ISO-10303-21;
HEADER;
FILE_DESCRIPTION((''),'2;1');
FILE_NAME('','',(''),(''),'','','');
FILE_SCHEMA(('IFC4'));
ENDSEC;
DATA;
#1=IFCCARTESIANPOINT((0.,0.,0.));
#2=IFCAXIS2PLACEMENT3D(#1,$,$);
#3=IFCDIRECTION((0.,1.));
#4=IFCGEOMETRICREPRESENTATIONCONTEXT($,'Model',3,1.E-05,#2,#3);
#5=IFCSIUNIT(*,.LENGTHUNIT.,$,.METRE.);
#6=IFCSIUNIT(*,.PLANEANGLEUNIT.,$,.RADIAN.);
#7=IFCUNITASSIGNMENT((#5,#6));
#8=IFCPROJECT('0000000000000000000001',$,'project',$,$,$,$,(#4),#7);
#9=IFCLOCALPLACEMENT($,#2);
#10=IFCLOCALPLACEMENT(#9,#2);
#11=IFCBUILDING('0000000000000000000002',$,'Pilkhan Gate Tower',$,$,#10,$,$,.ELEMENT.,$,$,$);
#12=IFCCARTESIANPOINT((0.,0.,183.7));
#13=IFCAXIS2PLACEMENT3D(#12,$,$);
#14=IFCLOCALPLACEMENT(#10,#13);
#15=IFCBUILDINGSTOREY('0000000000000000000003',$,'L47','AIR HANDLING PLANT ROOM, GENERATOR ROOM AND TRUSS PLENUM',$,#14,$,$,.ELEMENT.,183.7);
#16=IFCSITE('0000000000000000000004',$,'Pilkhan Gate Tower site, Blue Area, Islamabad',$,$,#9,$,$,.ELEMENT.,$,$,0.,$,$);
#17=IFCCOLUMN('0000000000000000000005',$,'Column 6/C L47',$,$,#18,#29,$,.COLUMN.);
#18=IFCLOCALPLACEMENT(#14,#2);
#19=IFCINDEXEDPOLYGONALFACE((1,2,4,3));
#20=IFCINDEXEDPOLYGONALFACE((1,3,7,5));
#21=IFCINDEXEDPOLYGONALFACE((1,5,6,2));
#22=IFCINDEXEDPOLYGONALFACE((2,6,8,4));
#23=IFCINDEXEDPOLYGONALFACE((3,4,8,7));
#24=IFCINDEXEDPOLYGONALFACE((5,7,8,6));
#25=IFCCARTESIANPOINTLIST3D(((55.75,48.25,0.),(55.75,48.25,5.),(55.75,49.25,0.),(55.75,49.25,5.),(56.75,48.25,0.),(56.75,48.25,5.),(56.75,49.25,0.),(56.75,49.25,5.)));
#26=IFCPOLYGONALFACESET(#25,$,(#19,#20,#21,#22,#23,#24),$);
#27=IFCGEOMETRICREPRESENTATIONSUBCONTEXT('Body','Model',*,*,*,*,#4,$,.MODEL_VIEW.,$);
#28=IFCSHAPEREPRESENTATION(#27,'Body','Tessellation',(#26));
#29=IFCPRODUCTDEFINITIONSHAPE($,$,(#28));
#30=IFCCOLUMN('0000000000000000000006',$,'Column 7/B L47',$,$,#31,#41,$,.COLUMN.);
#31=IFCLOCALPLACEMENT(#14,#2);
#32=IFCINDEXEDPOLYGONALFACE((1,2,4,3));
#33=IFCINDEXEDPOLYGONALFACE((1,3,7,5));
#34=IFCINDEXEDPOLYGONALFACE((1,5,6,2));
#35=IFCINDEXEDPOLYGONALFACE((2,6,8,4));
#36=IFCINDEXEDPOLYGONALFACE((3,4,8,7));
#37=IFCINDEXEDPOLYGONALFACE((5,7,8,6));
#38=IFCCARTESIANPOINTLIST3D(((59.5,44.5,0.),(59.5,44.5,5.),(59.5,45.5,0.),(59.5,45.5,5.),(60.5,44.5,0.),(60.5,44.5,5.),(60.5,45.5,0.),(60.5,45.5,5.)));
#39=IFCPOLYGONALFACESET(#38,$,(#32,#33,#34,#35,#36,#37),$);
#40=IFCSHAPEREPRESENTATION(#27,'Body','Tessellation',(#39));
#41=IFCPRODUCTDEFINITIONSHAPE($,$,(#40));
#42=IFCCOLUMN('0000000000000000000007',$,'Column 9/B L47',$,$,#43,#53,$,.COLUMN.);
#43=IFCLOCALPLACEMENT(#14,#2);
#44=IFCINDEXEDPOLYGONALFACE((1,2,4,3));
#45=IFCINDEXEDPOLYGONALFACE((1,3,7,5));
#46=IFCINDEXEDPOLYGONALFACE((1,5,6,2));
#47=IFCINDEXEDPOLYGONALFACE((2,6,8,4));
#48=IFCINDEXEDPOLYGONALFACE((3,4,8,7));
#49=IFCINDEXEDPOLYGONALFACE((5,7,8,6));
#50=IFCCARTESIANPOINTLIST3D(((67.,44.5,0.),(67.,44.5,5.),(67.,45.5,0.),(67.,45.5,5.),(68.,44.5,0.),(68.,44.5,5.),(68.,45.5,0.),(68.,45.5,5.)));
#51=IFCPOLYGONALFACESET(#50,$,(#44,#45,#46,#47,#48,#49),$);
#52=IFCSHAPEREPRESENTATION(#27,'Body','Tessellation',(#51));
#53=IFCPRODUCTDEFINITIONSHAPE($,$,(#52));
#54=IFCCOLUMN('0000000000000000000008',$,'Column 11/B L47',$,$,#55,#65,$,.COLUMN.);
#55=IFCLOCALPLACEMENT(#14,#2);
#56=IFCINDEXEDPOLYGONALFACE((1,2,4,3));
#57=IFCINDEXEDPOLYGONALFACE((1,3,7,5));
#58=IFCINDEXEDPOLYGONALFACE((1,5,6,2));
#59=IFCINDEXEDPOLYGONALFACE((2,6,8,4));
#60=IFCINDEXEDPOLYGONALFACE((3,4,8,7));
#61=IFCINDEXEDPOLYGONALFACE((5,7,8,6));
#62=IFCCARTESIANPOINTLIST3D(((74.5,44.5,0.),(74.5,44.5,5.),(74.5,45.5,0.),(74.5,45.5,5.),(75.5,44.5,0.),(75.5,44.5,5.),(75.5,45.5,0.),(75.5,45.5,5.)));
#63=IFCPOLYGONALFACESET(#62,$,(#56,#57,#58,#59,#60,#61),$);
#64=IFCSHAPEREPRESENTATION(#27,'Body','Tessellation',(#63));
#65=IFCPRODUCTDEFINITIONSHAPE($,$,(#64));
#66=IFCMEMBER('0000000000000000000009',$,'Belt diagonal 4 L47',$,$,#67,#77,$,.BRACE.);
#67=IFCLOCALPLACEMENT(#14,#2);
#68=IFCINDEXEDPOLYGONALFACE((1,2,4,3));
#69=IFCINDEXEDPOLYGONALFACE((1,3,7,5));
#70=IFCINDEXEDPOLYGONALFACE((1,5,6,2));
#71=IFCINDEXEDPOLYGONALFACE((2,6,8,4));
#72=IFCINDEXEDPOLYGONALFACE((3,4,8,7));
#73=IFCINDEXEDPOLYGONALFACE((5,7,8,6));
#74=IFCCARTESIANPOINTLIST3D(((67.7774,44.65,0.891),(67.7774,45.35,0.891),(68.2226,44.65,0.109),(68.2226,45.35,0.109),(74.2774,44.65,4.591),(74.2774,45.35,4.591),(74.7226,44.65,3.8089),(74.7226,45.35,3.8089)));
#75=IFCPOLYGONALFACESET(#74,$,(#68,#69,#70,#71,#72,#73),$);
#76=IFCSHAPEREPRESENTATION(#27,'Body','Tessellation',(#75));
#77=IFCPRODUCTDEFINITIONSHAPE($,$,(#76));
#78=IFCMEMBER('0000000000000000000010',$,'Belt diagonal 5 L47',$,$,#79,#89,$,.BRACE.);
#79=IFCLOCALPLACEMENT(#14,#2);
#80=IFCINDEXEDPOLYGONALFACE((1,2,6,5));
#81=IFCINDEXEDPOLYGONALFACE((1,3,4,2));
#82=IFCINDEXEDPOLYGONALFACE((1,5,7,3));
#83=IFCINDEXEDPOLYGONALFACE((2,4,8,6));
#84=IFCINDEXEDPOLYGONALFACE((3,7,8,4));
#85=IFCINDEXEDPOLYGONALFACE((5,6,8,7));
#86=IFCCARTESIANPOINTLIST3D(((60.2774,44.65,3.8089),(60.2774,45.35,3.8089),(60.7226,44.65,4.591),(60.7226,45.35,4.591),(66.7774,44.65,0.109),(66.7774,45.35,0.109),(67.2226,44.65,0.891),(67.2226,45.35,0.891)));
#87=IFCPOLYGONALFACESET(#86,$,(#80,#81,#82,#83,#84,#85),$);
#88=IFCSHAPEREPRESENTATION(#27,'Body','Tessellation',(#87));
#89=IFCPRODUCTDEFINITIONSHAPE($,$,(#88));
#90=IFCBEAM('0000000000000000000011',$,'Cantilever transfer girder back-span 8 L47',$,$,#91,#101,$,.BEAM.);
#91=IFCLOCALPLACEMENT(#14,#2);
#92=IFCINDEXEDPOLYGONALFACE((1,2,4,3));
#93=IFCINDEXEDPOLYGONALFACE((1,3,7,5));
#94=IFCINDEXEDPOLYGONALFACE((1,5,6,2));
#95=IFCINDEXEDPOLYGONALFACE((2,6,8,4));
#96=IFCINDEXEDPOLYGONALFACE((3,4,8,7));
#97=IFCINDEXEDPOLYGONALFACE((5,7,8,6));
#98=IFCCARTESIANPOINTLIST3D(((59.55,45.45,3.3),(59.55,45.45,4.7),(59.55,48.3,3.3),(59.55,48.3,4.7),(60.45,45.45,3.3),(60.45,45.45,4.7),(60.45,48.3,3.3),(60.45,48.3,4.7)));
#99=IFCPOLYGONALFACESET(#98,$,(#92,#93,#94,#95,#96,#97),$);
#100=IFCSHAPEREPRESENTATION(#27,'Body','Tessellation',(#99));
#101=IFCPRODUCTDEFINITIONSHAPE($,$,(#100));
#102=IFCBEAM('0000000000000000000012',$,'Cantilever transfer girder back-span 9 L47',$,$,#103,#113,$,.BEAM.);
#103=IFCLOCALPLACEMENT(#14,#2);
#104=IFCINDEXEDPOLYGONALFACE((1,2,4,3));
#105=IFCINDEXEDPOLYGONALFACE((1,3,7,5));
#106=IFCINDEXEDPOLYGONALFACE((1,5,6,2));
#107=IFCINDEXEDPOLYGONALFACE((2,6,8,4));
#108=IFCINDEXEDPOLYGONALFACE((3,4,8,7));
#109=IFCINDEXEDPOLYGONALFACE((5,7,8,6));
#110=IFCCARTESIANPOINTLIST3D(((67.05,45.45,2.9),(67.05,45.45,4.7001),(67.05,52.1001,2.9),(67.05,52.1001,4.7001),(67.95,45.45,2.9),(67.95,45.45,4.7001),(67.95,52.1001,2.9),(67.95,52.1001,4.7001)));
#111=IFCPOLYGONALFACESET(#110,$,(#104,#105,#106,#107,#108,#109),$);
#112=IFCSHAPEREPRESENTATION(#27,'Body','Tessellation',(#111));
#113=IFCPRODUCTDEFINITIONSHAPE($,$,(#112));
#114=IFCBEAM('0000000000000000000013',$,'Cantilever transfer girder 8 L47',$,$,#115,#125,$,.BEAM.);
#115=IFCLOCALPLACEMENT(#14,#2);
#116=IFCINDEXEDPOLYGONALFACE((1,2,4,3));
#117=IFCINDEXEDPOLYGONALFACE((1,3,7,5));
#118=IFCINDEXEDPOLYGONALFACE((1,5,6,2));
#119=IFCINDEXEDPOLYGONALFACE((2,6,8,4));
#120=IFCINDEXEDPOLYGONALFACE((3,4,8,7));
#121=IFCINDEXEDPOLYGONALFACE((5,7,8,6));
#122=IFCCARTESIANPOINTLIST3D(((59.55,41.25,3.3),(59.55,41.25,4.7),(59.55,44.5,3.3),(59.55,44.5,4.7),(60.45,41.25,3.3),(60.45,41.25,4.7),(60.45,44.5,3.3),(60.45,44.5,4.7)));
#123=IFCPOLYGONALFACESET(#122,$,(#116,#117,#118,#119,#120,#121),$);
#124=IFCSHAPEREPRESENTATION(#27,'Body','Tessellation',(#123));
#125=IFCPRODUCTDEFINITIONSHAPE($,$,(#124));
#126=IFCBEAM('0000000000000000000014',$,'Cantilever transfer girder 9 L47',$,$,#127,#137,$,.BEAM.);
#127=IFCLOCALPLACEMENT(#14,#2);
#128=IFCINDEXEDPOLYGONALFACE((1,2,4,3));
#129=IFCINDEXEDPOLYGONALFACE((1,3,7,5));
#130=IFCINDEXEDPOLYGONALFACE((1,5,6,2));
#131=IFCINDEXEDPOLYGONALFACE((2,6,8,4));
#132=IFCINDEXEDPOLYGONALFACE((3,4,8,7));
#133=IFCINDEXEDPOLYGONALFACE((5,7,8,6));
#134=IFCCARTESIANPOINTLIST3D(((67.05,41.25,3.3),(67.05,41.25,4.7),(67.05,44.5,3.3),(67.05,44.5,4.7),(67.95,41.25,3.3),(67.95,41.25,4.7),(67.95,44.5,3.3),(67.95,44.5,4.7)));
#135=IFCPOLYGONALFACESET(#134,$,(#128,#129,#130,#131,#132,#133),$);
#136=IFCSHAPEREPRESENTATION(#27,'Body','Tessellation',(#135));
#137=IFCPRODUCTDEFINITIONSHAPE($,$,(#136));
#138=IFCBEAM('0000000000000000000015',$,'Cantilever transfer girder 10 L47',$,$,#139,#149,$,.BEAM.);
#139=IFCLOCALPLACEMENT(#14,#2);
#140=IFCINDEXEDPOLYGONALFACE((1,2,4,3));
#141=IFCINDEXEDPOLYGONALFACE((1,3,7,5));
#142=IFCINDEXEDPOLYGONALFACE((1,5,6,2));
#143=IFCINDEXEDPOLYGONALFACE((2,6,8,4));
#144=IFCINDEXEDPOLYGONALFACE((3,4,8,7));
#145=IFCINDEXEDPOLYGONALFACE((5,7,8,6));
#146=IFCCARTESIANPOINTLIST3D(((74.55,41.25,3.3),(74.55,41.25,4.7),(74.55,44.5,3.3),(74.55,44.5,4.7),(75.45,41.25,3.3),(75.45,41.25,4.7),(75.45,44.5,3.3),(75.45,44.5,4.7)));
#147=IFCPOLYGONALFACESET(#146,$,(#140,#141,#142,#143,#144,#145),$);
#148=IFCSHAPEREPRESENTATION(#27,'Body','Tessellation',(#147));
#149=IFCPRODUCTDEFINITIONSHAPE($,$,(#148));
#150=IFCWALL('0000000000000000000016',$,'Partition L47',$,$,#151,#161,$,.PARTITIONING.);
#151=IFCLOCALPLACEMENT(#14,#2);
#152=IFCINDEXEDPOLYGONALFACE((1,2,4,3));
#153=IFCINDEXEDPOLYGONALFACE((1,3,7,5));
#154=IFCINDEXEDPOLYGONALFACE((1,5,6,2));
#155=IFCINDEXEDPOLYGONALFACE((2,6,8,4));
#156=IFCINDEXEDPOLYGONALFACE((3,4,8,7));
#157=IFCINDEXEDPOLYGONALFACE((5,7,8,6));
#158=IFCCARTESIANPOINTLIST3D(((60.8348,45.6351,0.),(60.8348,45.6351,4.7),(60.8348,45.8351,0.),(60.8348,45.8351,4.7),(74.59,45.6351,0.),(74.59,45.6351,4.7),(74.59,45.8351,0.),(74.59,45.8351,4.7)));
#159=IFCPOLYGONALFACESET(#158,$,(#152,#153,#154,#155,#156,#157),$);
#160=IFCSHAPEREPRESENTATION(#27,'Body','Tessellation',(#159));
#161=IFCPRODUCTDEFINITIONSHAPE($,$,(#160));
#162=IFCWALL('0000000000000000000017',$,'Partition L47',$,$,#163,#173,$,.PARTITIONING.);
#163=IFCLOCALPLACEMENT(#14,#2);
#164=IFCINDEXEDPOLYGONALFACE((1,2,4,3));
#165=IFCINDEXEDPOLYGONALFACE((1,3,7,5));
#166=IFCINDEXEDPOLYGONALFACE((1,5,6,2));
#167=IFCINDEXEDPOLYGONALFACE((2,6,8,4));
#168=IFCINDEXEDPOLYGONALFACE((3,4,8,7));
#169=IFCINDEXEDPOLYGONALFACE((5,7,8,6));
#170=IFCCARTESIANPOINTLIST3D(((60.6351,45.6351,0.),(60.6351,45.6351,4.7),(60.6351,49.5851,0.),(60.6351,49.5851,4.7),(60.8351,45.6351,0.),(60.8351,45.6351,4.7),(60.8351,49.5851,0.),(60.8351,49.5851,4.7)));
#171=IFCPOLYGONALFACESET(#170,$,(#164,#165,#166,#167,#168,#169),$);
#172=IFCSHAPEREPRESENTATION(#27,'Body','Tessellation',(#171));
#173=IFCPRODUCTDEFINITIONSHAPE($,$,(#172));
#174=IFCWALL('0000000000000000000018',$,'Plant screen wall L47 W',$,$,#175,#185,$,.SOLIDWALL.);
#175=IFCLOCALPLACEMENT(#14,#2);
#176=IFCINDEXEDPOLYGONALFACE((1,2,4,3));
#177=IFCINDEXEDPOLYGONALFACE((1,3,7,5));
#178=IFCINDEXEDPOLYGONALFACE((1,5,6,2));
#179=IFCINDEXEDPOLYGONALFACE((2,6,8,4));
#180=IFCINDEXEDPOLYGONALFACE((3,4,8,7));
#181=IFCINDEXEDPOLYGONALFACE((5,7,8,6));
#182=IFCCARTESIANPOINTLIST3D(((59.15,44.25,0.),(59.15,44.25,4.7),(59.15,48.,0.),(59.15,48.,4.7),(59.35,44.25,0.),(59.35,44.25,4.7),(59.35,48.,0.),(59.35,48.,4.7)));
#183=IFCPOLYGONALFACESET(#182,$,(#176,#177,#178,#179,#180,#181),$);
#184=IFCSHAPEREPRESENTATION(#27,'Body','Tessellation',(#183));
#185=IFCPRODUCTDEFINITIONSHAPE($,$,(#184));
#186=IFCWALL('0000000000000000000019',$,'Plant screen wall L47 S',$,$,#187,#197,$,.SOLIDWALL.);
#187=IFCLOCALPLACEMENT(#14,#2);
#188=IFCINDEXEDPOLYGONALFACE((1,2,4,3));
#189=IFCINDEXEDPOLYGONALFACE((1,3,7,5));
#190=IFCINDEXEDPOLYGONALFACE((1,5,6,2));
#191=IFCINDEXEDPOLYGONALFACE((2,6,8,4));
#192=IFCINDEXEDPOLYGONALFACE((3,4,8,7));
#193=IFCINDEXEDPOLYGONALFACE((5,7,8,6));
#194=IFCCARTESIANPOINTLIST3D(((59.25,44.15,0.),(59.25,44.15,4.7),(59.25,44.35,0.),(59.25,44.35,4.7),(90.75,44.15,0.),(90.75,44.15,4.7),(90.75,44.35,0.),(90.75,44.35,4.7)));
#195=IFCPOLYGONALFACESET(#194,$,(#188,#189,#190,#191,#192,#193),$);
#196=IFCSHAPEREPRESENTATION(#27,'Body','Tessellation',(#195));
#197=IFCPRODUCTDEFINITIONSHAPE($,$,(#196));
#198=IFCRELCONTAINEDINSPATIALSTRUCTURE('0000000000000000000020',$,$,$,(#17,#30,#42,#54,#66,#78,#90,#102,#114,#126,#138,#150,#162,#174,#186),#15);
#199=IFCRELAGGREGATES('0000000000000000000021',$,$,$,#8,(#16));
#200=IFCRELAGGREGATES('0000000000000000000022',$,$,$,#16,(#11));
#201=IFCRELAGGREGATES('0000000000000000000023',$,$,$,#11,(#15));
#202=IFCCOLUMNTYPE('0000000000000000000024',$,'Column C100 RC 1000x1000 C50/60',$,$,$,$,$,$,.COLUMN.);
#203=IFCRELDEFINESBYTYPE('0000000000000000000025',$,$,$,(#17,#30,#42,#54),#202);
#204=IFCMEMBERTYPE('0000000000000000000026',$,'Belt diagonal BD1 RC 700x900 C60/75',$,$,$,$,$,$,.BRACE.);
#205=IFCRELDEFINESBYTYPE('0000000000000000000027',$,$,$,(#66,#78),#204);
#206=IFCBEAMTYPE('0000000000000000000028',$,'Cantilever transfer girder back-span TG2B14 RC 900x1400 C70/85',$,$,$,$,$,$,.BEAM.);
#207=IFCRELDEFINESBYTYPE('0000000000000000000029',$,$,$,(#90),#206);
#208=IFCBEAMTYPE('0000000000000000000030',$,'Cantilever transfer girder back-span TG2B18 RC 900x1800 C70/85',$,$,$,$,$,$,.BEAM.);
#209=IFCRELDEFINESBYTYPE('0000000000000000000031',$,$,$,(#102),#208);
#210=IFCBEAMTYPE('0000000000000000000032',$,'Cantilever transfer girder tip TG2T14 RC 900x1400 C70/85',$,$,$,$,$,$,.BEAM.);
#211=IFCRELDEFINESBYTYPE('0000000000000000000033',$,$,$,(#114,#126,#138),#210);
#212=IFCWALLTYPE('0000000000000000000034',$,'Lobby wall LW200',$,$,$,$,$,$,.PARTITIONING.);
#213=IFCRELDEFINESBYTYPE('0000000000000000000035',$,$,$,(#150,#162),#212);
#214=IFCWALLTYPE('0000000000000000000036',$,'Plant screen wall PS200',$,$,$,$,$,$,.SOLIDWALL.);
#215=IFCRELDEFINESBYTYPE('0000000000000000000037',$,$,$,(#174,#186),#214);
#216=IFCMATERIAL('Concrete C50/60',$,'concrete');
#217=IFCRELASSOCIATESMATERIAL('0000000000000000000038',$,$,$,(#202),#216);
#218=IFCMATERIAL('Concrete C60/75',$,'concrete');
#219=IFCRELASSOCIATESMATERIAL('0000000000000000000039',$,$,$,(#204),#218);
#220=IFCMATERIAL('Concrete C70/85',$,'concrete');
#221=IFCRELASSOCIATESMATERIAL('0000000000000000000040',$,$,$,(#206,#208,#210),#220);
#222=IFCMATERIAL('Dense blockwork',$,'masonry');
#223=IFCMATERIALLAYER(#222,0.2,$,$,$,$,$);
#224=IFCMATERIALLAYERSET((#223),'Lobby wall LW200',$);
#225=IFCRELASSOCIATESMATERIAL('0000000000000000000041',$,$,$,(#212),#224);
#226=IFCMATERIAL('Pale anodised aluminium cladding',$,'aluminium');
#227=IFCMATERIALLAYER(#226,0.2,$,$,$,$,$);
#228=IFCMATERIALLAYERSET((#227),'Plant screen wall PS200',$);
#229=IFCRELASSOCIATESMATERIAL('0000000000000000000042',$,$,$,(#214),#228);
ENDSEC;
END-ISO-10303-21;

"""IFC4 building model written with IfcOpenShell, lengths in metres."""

from ifc_helpers import new_model, si_unit, direction, frame, frame_2d, origin, origin_2d, place, context, subcontext, project, spatial, rectangle, extrude, material, layer, layer_set, material_profile, profile_set, type_object, element, save


model = new_model("IFC4")

# Units and contexts
model_context = context("Model", 3, precision=1e-05, world=origin(), true_north=direction((0.0, 1.0)))
body_context = subcontext(model_context, "Body", "Model", "MODEL_VIEW")
ifc_project = project(units=[si_unit("LENGTHUNIT", "METRE"), si_unit("PLANEANGLEUNIT", "RADIAN")], contexts=[model_context])

# Site, building, storey
site_placement = place(None, origin())
site = spatial("IfcSite", under=ifc_project, at=site_placement, Name="Pilkhan Gate Tower site, Blue Area, Islamabad", CompositionType="ELEMENT", RefElevation=0.0)
building_placement = place(site_placement, origin())
building = spatial("IfcBuilding", under=site, at=building_placement, Name="Pilkhan Gate Tower", CompositionType="ELEMENT")
storey_placement = place(building_placement, frame((0.0, 0.0, 183.7)))
storey = spatial("IfcBuildingStorey", under=building, at=storey_placement, Name="L47", Description="AIR HANDLING PLANT ROOM, GENERATOR ROOM AND TRUSS PLENUM", CompositionType="ELEMENT", Elevation=183.7)

# Columns
ifc_material_1 = material(Name="Concrete C50/60", Category="concrete")
ifc_material_profile_1 = material_profile(ifc_material_1, rectangle(XDim=1.0, YDim=1.0, at=origin_2d()), Name="RC 1000x1000")
ifc_profile_set_1 = profile_set([ifc_material_profile_1], Name="Concrete C50/60")
column_type = type_object("IfcColumnType", Name="Column C100 RC 1000x1000 C50/60", PredefinedType="COLUMN", material=ifc_profile_set_1)
for number, where, z_axis, x_axis, name in (
    (1, (56.25, 48.75, 0.0), (0.0, 0.0, 1.0), (1.0, 0.0, 0.0), "Column 6/C L47"),
    (2, (60.0, 45.0, 0.0), (0.0, 0.0, 1.0), (1.0, 0.0, 0.0), "Column 7/B L47"),
    (3, (67.5, 45.0, 0.0), (0.0, 0.0, 1.0), (1.0, 0.0, 0.0), "Column 9/B L47"),
    (4, (75.0, 45.0, 0.0), (0.0, 0.0, 1.0), (1.0, 0.0, 0.0), "Column 11/B L47"),
):
    element("IfcColumn", number, at=place(storey_placement, frame(where, z_axis=z_axis, x_axis=x_axis)), inside=storey, type_object=column_type, Name=name, PredefinedType="COLUMN", context=body_context, shape_type="SweptSolid", body=[
        extrude(rectangle(XDim=1.0, YDim=1.0, at=origin_2d()), origin(), (0.0, 0.0, 1.0), 5.0),
    ])

# Members
ifc_material_2 = material(Name="Concrete C60/75", Category="concrete")
ifc_material_profile_2 = material_profile(ifc_material_2, rectangle(XDim=0.7, YDim=0.8999, at=origin_2d()), Name="RC 700x900")
ifc_profile_set_2 = profile_set([ifc_material_profile_2], Name="Concrete C60/75")
member_type = type_object("IfcMemberType", Name="Belt diagonal BD1 RC 700x900 C60/75", PredefinedType="BRACE", material=ifc_profile_set_2)
for number, where, z_axis, x_axis, name in (
    (5, (68.0, 45.0, 0.5), (0.869068, 0.0, 0.494693), (0.0, 1.0, 0.0), "Belt diagonal 4 L47"),
    (6, (67.0, 45.0, 0.5), (-0.869068, 0.0, 0.494693), (0.0, -1.0, 0.0), "Belt diagonal 5 L47"),
):
    element("IfcMember", number, at=place(storey_placement, frame(where, z_axis=z_axis, x_axis=x_axis)), inside=storey, type_object=member_type, Name=name, PredefinedType="BRACE", context=body_context, shape_type="SweptSolid", body=[
        extrude(rectangle(XDim=0.7, YDim=0.8999, at=origin_2d()), origin(), (0.0, 0.0, 1.0), 7.4792),
    ])

# Beams
ifc_material_3 = material(Name="Concrete C70/85", Category="concrete")
ifc_material_profile_3 = material_profile(ifc_material_3, rectangle(XDim=0.8999, YDim=1.3999, at=origin_2d()), Name="RC 900x1400")
ifc_profile_set_3 = profile_set([ifc_material_profile_3], Name="Concrete C70/85")
beam_type_1 = type_object("IfcBeamType", Name="Cantilever transfer girder back-span TG2B14 RC 900x1400 C70/85", PredefinedType="BEAM", material=ifc_profile_set_3)
beam_1_placement = place(storey_placement, frame((60.0, 45.45, 4.0), z_axis=(0.0, 1.0, 0.0), x_axis=(-1.0, 0.0, 0.0)))
element("IfcBeam", 7, at=beam_1_placement, inside=storey, type_object=beam_type_1, Name="Cantilever transfer girder back-span 8 L47", PredefinedType="BEAM", context=body_context, shape_type="SweptSolid", body=[
    extrude(rectangle(XDim=0.8999, YDim=1.3999, at=origin_2d()), origin(), (0.0, 0.0, 1.0), 2.8501),
])
ifc_material_profile_4 = material_profile(ifc_material_3, rectangle(XDim=0.8999, YDim=1.8, at=origin_2d()), Name="RC 900x1800")
ifc_profile_set_4 = profile_set([ifc_material_profile_4], Name="Concrete C70/85")
beam_type_2 = type_object("IfcBeamType", Name="Cantilever transfer girder back-span TG2B18 RC 900x1800 C70/85", PredefinedType="BEAM", material=ifc_profile_set_4)
beam_2_placement = place(storey_placement, frame((67.5, 45.45, 3.8), z_axis=(0.0, 1.0, 0.0), x_axis=(-1.0, 0.0, 0.0)))
element("IfcBeam", 8, at=beam_2_placement, inside=storey, type_object=beam_type_2, Name="Cantilever transfer girder back-span 9 L47", PredefinedType="BEAM", context=body_context, shape_type="SweptSolid", body=[
    extrude(rectangle(XDim=0.8999, YDim=1.8, at=origin_2d()), origin(), (0.0, 0.0, 1.0), 6.6501),
])
ifc_material_profile_5 = material_profile(ifc_material_3, rectangle(XDim=0.8999, YDim=1.3999, at=origin_2d()), Name="RC 900x1400")
ifc_profile_set_5 = profile_set([ifc_material_profile_5], Name="Concrete C70/85")
beam_type_3 = type_object("IfcBeamType", Name="Cantilever transfer girder tip TG2T14 RC 900x1400 C70/85", PredefinedType="BEAM", material=ifc_profile_set_5)
for number, where, z_axis, x_axis, name in (
    (9, (60.0, 41.25, 4.0), (0.0, 1.0, 0.0), (-1.0, 0.0, 0.0), "Cantilever transfer girder 8 L47"),
    (10, (67.5, 41.25, 4.0), (0.0, 1.0, 0.0), (-1.0, 0.0, 0.0), "Cantilever transfer girder 9 L47"),
    (11, (75.0, 41.25, 4.0), (0.0, 1.0, 0.0), (-1.0, 0.0, 0.0), "Cantilever transfer girder 10 L47"),
):
    element("IfcBeam", number, at=place(storey_placement, frame(where, z_axis=z_axis, x_axis=x_axis)), inside=storey, type_object=beam_type_3, Name=name, PredefinedType="BEAM", context=body_context, shape_type="SweptSolid", body=[
        extrude(rectangle(XDim=0.8999, YDim=1.3999, at=origin_2d()), origin(), (0.0, 0.0, 1.0), 3.25),
    ])

# Walls
ifc_material_4 = material(Name="Dense blockwork", Category="masonry")
ifc_layer_1 = layer(ifc_material_4, 0.2)
ifc_layer_set_1 = layer_set([ifc_layer_1], Name="Lobby wall LW200")
wall_type_1 = type_object("IfcWallType", Name="Lobby wall LW200", PredefinedType="PARTITIONING", material=ifc_layer_set_1)
wall_1_placement = place(storey_placement, frame((60.835, 45.7351, 0.0), z_axis=(0.0, 0.0, 1.0), x_axis=(1.0, 0.0, 0.0)))
element("IfcWall", 12, at=wall_1_placement, inside=storey, type_object=wall_type_1, Name="Partition L47", PredefinedType="PARTITIONING", context=body_context, shape_type="SweptSolid", body=[
    extrude(rectangle(XDim=13.7551, YDim=0.2, at=frame_2d((6.8774, 0.0))), origin(), (0.0, 0.0, 1.0), 4.7),
])
wall_2_placement = place(storey_placement, frame((60.7351, 45.635, 0.0), z_axis=(0.0, 0.0, 1.0), x_axis=(0.0, 1.0, 0.0)))
element("IfcWall", 13, at=wall_2_placement, inside=storey, type_object=wall_type_1, Name="Partition L47", PredefinedType="PARTITIONING", context=body_context, shape_type="SweptSolid", body=[
    extrude(rectangle(XDim=3.95, YDim=0.2, at=frame_2d((1.9751, 0.0))), origin(), (0.0, 0.0, 1.0), 4.7),
])
ifc_material_5 = material(Name="Pale anodised aluminium cladding", Category="aluminium")
ifc_layer_2 = layer(ifc_material_5, 0.2)
ifc_layer_set_2 = layer_set([ifc_layer_2], Name="Plant screen wall PS200")
wall_type_2 = type_object("IfcWallType", Name="Plant screen wall PS200", PredefinedType="SOLIDWALL", material=ifc_layer_set_2)
wall_3_placement = place(storey_placement, frame((59.25, 44.25, 0.0), z_axis=(0.0, 0.0, 1.0), x_axis=(0.0, 1.0, 0.0)))
element("IfcWall", 14, at=wall_3_placement, inside=storey, type_object=wall_type_2, Name="Plant screen wall L47 W", PredefinedType="SOLIDWALL", context=body_context, shape_type="SweptSolid", body=[
    extrude(rectangle(XDim=3.75, YDim=0.2, at=frame_2d((1.875, 0.0))), origin(), (0.0, 0.0, 1.0), 4.7),
])
wall_4_placement = place(storey_placement, frame((59.25, 44.25, 0.0), z_axis=(0.0, 0.0, 1.0), x_axis=(1.0, 0.0, 0.0)))
element("IfcWall", 15, at=wall_4_placement, inside=storey, type_object=wall_type_2, Name="Plant screen wall L47 S", PredefinedType="SOLIDWALL", context=body_context, shape_type="SweptSolid", body=[
    extrude(rectangle(XDim=31.5, YDim=0.2, at=frame_2d((15.75, 0.0))), origin(), (0.0, 0.0, 1.0), 4.7),
])

save(model, "model.ifc")
